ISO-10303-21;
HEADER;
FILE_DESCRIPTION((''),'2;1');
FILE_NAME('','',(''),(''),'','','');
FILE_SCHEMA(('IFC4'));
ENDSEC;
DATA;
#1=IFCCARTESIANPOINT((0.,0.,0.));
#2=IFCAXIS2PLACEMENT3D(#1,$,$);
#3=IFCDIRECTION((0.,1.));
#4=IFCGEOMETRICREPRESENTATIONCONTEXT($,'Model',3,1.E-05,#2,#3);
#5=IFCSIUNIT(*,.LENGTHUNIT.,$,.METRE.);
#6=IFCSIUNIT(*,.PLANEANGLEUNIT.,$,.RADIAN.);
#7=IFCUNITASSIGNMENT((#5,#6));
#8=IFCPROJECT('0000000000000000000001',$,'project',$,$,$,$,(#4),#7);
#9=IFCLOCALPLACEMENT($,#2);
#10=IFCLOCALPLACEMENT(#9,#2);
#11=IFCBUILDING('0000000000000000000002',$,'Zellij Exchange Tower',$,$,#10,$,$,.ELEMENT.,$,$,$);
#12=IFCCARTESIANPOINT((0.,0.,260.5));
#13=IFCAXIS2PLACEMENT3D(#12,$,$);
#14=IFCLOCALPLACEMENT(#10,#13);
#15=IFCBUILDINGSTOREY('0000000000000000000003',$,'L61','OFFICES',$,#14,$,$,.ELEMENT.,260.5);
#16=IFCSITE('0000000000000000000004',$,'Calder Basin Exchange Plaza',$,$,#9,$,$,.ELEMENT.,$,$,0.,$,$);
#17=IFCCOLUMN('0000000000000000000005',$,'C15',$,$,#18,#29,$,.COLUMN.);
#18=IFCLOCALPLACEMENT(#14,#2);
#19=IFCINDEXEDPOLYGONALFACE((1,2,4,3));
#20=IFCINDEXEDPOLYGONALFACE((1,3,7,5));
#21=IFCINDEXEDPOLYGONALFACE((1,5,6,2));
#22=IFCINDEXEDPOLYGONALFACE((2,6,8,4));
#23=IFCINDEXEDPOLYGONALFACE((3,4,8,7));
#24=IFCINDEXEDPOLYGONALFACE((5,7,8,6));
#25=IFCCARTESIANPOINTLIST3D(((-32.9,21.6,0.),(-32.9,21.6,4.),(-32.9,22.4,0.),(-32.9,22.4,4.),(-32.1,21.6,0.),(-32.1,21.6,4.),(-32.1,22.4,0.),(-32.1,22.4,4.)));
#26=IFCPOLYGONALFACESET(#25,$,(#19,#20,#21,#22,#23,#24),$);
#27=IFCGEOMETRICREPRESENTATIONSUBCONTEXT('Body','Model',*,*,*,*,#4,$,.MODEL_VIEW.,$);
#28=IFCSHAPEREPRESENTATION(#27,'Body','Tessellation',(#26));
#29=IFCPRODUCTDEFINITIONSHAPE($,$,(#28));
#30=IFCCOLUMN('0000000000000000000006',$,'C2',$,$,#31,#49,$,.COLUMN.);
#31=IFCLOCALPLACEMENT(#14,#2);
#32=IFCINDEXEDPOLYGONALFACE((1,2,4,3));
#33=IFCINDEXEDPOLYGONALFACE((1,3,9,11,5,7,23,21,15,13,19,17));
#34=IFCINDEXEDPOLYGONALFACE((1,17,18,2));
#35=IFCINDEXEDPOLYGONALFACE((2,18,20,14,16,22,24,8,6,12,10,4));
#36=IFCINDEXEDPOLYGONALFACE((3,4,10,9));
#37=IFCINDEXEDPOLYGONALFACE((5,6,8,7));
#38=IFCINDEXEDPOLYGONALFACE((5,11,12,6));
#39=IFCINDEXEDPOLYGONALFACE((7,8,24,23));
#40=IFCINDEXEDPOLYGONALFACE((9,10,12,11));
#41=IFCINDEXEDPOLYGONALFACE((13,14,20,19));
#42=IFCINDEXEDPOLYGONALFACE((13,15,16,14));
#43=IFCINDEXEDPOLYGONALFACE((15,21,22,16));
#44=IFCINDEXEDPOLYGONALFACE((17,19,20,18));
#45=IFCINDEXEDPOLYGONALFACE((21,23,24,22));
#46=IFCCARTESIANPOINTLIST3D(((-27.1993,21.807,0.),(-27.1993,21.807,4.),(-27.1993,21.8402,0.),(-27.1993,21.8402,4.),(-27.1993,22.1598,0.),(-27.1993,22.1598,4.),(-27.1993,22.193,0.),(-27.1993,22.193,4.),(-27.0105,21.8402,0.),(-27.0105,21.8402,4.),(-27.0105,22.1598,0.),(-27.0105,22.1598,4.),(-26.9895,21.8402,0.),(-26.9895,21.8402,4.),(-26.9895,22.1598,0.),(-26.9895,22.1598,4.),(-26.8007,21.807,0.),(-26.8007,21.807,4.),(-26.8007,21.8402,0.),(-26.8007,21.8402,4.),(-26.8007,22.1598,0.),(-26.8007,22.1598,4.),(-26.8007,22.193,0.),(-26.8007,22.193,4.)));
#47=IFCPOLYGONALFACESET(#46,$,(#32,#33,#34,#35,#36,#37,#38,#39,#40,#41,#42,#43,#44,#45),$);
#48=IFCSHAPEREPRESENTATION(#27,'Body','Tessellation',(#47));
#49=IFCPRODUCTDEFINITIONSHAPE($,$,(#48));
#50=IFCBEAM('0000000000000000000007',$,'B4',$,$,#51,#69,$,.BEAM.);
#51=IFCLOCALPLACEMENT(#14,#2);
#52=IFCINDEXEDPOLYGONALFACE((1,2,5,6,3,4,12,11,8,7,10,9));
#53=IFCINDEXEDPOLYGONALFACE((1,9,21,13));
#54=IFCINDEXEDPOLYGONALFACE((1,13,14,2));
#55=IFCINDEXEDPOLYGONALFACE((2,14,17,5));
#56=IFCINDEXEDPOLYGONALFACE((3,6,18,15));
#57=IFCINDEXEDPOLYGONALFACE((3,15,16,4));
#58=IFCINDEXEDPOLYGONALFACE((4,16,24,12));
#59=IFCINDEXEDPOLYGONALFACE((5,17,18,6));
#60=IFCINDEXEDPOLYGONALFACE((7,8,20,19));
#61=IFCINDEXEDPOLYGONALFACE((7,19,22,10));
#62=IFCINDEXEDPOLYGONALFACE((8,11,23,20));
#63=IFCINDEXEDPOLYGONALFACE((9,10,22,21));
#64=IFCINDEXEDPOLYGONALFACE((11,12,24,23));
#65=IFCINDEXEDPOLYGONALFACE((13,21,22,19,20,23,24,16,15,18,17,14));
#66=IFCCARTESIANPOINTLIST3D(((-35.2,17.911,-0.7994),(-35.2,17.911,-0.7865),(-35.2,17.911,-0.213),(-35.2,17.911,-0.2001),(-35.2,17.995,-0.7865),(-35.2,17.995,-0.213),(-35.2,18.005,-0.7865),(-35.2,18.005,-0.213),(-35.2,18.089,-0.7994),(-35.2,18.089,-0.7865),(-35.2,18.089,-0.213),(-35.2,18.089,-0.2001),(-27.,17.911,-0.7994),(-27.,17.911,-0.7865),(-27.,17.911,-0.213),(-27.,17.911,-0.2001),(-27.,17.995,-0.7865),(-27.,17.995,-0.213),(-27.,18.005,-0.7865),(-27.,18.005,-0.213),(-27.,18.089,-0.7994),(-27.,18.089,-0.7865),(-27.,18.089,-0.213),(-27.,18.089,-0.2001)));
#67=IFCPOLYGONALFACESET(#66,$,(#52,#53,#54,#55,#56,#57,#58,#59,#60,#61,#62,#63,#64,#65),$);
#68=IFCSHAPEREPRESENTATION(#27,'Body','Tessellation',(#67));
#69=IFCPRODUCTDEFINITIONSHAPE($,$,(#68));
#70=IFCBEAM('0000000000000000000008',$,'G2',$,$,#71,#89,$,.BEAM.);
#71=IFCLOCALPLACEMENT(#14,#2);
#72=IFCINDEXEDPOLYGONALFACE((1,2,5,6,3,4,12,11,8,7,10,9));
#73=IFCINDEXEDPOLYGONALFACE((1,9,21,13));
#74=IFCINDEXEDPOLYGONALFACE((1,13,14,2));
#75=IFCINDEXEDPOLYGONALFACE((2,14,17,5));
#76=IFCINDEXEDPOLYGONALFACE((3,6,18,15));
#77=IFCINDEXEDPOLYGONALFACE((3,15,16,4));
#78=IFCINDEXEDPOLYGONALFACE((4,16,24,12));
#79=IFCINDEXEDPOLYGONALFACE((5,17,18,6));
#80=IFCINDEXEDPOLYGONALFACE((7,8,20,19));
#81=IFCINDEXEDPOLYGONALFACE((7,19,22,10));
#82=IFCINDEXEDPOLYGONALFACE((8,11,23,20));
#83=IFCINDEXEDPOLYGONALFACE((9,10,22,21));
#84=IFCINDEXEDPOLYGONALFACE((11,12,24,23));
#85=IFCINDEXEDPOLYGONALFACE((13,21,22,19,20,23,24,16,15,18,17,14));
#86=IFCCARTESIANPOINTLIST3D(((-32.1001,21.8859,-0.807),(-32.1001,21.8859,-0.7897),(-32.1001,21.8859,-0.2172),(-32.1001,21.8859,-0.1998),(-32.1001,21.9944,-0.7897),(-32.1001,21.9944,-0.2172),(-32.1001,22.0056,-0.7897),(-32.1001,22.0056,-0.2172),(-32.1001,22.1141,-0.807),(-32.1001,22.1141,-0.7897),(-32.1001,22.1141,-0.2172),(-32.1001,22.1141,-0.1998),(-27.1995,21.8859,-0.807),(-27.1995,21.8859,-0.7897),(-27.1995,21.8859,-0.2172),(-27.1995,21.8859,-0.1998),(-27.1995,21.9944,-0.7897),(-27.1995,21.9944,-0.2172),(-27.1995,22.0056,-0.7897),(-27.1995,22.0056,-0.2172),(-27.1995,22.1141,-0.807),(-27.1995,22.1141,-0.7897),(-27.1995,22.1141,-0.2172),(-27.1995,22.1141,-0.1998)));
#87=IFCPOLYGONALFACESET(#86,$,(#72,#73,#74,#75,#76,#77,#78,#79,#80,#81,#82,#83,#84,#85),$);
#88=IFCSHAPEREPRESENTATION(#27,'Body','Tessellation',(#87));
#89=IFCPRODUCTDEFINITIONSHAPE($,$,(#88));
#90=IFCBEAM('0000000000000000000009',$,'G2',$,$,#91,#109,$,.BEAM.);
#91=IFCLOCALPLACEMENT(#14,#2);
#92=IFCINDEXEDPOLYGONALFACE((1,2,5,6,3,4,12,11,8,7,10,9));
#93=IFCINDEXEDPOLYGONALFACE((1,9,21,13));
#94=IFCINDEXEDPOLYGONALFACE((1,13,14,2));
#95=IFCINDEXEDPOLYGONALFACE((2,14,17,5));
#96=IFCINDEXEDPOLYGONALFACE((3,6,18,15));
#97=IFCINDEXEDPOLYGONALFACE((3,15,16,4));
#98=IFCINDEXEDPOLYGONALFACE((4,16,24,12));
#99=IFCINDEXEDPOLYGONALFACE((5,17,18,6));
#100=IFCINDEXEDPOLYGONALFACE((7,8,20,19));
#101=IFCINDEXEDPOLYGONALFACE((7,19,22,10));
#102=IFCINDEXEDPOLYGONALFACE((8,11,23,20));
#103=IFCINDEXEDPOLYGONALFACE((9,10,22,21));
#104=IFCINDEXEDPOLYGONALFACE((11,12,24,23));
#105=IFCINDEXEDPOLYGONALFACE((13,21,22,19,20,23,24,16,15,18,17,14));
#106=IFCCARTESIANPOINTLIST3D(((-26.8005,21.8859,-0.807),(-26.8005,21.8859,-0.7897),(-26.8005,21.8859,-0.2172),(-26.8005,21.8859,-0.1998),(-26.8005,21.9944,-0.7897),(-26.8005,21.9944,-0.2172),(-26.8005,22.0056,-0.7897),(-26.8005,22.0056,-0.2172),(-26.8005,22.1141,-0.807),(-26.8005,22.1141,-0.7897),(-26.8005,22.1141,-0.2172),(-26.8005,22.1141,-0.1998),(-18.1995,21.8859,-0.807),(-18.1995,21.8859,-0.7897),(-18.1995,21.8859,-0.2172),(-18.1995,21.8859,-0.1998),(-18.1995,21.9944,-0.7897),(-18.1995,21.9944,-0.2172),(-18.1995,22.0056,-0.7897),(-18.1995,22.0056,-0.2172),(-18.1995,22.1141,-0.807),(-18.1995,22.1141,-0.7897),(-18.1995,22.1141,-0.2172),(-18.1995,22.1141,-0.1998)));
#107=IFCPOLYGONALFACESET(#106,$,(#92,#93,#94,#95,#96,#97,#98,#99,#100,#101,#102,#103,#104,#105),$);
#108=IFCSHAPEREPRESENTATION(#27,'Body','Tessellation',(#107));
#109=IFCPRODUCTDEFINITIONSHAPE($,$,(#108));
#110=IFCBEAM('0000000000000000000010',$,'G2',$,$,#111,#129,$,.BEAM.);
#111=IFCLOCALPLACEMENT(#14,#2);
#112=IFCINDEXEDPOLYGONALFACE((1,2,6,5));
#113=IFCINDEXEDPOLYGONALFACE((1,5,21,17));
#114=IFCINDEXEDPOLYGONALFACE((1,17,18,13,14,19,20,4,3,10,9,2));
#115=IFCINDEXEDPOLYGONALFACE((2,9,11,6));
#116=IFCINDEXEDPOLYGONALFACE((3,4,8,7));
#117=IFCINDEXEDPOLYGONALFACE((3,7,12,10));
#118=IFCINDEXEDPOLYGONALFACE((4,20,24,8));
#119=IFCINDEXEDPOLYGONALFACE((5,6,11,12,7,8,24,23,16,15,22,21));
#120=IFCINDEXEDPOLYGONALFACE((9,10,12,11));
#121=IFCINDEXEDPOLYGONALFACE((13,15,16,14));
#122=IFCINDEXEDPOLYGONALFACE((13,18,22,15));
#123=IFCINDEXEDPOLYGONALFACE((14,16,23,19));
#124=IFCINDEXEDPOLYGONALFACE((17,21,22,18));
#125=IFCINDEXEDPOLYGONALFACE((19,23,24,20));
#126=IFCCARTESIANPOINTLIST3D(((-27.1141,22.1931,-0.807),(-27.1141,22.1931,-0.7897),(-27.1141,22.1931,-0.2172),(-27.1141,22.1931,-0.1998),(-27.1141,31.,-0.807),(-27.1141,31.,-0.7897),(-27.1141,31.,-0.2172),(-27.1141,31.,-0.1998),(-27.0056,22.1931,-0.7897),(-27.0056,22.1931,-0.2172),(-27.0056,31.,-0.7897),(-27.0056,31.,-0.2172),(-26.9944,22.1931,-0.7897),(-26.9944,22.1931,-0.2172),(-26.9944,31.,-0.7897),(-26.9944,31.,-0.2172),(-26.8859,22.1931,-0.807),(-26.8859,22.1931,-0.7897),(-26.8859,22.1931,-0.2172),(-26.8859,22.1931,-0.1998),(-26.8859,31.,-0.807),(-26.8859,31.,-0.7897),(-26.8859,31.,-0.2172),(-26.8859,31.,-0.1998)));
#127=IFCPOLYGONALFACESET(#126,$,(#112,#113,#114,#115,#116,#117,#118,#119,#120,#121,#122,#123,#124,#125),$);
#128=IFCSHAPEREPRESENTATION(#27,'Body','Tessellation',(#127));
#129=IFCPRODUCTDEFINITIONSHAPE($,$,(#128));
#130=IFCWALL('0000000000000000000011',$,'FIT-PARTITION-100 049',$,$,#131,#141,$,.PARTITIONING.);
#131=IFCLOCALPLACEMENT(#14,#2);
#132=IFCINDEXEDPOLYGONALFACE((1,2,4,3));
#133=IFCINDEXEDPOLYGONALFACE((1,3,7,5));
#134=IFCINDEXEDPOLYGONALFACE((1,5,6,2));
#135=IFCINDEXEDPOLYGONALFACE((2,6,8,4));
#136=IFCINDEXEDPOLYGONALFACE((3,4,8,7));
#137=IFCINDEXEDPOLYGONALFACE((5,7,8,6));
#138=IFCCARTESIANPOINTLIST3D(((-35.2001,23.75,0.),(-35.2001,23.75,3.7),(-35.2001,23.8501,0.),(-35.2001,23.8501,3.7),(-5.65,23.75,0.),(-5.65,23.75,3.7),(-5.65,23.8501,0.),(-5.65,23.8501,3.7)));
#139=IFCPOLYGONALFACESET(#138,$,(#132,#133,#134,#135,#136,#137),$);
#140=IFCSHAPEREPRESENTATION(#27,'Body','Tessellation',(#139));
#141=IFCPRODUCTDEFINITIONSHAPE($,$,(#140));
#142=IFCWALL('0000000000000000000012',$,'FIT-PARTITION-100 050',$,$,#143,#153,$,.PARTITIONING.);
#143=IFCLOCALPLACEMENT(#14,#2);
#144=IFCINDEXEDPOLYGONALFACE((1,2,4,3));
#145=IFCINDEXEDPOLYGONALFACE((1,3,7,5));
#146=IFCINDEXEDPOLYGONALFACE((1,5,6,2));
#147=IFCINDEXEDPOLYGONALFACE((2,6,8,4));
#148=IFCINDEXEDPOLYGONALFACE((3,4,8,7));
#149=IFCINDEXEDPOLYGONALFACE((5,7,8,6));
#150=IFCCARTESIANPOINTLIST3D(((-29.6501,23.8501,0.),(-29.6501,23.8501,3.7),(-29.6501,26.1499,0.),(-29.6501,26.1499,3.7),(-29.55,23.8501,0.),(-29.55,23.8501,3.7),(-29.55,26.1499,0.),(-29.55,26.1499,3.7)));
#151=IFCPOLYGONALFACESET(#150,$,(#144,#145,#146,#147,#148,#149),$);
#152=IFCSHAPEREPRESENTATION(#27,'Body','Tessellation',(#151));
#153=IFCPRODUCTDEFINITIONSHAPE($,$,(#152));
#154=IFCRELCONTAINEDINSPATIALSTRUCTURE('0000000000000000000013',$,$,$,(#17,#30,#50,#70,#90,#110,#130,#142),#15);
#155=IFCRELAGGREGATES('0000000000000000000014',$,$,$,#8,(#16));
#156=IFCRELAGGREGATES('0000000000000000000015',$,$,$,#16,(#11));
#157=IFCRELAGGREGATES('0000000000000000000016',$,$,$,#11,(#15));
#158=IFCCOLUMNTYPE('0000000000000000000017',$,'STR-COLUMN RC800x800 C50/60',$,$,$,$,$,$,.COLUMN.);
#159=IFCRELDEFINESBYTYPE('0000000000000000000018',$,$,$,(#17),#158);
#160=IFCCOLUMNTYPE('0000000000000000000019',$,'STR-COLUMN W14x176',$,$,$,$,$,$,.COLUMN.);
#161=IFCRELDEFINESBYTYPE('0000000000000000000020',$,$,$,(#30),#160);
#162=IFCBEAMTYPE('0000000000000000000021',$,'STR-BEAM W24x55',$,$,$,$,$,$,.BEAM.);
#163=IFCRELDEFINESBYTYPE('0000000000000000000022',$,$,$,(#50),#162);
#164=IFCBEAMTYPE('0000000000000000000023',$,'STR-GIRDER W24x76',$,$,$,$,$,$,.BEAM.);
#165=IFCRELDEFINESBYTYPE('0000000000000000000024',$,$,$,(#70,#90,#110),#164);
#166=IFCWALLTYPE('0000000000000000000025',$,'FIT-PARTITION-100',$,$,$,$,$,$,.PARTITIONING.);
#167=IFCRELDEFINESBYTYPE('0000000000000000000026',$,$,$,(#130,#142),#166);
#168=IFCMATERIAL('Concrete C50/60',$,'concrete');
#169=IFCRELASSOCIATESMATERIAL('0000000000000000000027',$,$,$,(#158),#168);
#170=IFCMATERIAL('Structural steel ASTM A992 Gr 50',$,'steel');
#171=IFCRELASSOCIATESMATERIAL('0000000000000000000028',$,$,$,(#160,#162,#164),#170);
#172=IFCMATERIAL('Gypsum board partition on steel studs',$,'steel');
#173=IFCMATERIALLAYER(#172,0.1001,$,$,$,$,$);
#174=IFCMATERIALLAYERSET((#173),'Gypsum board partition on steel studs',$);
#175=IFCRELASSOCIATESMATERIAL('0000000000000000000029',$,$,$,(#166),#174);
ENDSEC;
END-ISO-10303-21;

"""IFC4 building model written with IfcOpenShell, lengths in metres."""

from ifc_helpers import new_model, si_unit, direction, frame, frame_2d, origin, origin_2d, place, context, subcontext, project, spatial, rectangle, i_section, extrude, material, layer, layer_set, material_profile, profile_set, type_object, element, save


model = new_model("IFC4")

# Units and contexts
model_context = context("Model", 3, precision=1e-05, world=origin(), true_north=direction((0.0, 1.0)))
body_context = subcontext(model_context, "Body", "Model", "MODEL_VIEW")
ifc_project = project(units=[si_unit("LENGTHUNIT", "METRE"), si_unit("PLANEANGLEUNIT", "RADIAN")], contexts=[model_context])

# Site, building, storey
site_placement = place(None, origin())
site = spatial("IfcSite", under=ifc_project, at=site_placement, Name="Calder Basin Exchange Plaza", CompositionType="ELEMENT", RefElevation=0.0)
building_placement = place(site_placement, origin())
building = spatial("IfcBuilding", under=site, at=building_placement, Name="Zellij Exchange Tower", CompositionType="ELEMENT")
storey_placement = place(building_placement, frame((0.0, 0.0, 260.5)))
storey = spatial("IfcBuildingStorey", under=building, at=storey_placement, Name="L61", Description="OFFICES", CompositionType="ELEMENT", Elevation=260.5)

# Columns
ifc_material_1 = material(Name="Concrete C50/60", Category="concrete")
ifc_material_profile_1 = material_profile(ifc_material_1, rectangle(XDim=0.8, YDim=0.8, at=origin_2d()), Name="STR-COLUMN RC800x800 C50/60")
ifc_profile_set_1 = profile_set([ifc_material_profile_1], Name="Concrete C50/60")
column_type_1 = type_object("IfcColumnType", Name="STR-COLUMN RC800x800 C50/60", PredefinedType="COLUMN", material=ifc_profile_set_1)
column_1_placement = place(storey_placement, frame((-32.5, 22.0, 0.0), z_axis=(0.0, 0.0, 1.0), x_axis=(1.0, 0.0, 0.0)))
element("IfcColumn", 1, at=column_1_placement, inside=storey, type_object=column_type_1, Name="C15", PredefinedType="COLUMN", context=body_context, shape_type="SweptSolid", body=[
    extrude(rectangle(XDim=0.8, YDim=0.8, at=origin_2d()), origin(), (0.0, 0.0, 1.0), 4.0),
])
ifc_material_2 = material(Name="Structural steel ASTM A992 Gr 50", Category="steel")
ifc_material_profile_2 = material_profile(ifc_material_2, i_section(OverallWidth=0.3987, OverallDepth=0.386, WebThickness=0.021, FlangeThickness=0.0332, at=origin_2d()), Name="W14x176")
ifc_profile_set_2 = profile_set([ifc_material_profile_2], Name="Structural steel ASTM A992 Gr 50")
column_type_2 = type_object("IfcColumnType", Name="STR-COLUMN W14x176", PredefinedType="COLUMN", material=ifc_profile_set_2)
column_2_placement = place(storey_placement, frame((-27.0, 22.0, 0.0), z_axis=(0.0, 0.0, 1.0), x_axis=(1.0, 0.0, 0.0)))
element("IfcColumn", 2, at=column_2_placement, inside=storey, type_object=column_type_2, Name="C2", PredefinedType="COLUMN", context=body_context, shape_type="SweptSolid", body=[
    extrude(i_section(OverallWidth=0.3987, OverallDepth=0.386, WebThickness=0.021, FlangeThickness=0.0332, at=origin_2d()), origin(), (0.0, 0.0, 1.0), 4.0),
])

# Beams
ifc_material_profile_3 = material_profile(ifc_material_2, i_section(OverallWidth=0.178, OverallDepth=0.5994, WebThickness=0.01, FlangeThickness=0.0129, at=origin_2d()), Name="W24x55")
ifc_profile_set_3 = profile_set([ifc_material_profile_3], Name="Structural steel ASTM A992 Gr 50")
beam_type_1 = type_object("IfcBeamType", Name="STR-BEAM W24x55", PredefinedType="BEAM", material=ifc_profile_set_3)
beam_1_placement = place(storey_placement, frame((-35.2, 18.0, -0.4998), z_axis=(1.0, 0.0, 0.0), x_axis=(0.0, 1.0, 0.0)))
element("IfcBeam", 3, at=beam_1_placement, inside=storey, type_object=beam_type_1, Name="B4", PredefinedType="BEAM", context=body_context, shape_type="SweptSolid", body=[
    extrude(i_section(OverallWidth=0.178, OverallDepth=0.5994, WebThickness=0.01, FlangeThickness=0.0129, at=origin_2d()), origin(), (0.0, 0.0, 1.0), 8.2),
])
ifc_material_profile_4 = material_profile(ifc_material_2, i_section(OverallWidth=0.2283, OverallDepth=0.6072, WebThickness=0.0112, FlangeThickness=0.0173, at=origin_2d()), Name="W24x76")
ifc_profile_set_4 = profile_set([ifc_material_profile_4], Name="Structural steel ASTM A992 Gr 50")
beam_type_2 = type_object("IfcBeamType", Name="STR-GIRDER W24x76", PredefinedType="BEAM", material=ifc_profile_set_4)
beam_2_placement = place(storey_placement, frame((-32.1001, 22.0, -0.5034), z_axis=(1.0, 0.0, 0.0), x_axis=(0.0, 1.0, 0.0)))
element("IfcBeam", 4, at=beam_2_placement, inside=storey, type_object=beam_type_2, Name="G2", PredefinedType="BEAM", context=body_context, shape_type="SweptSolid", body=[
    extrude(i_section(OverallWidth=0.2283, OverallDepth=0.6072, WebThickness=0.0112, FlangeThickness=0.0173, at=origin_2d()), origin(), (0.0, 0.0, 1.0), 4.9006),
])
beam_3_placement = place(storey_placement, frame((-26.8005, 22.0, -0.5034), z_axis=(1.0, 0.0, 0.0), x_axis=(0.0, 1.0, 0.0)))
element("IfcBeam", 5, at=beam_3_placement, inside=storey, type_object=beam_type_2, Name="G2", PredefinedType="BEAM", context=body_context, shape_type="SweptSolid", body=[
    extrude(i_section(OverallWidth=0.2283, OverallDepth=0.6072, WebThickness=0.0112, FlangeThickness=0.0173, at=origin_2d()), origin(), (0.0, 0.0, 1.0), 8.6011),
])
beam_4_placement = place(storey_placement, frame((-27.0, 22.1931, -0.5034), z_axis=(0.0, 1.0, 0.0), x_axis=(-1.0, 0.0, 0.0)))
element("IfcBeam", 6, at=beam_4_placement, inside=storey, type_object=beam_type_2, Name="G2", PredefinedType="BEAM", context=body_context, shape_type="SweptSolid", body=[
    extrude(i_section(OverallWidth=0.2283, OverallDepth=0.6072, WebThickness=0.0112, FlangeThickness=0.0173, at=origin_2d()), origin(), (0.0, 0.0, 1.0), 8.8069),
])

# Walls
ifc_material_3 = material(Name="Gypsum board partition on steel studs", Category="steel")
ifc_layer = layer(ifc_material_3, 0.1001)
ifc_layer_set = layer_set([ifc_layer], Name="Gypsum board partition on steel studs")
wall_type = type_object("IfcWallType", Name="FIT-PARTITION-100", PredefinedType="PARTITIONING", material=ifc_layer_set)
wall_1_placement = place(storey_placement, frame((-35.2, 23.8, 0.0), z_axis=(0.0, 0.0, 1.0), x_axis=(1.0, 0.0, 0.0)))
element("IfcWall", 7, at=wall_1_placement, inside=storey, type_object=wall_type, Name="FIT-PARTITION-100 049", PredefinedType="PARTITIONING", context=body_context, shape_type="SweptSolid", body=[
    extrude(rectangle(XDim=29.55, YDim=0.1001, at=frame_2d((14.7749, 0.0))), origin(), (0.0, 0.0, 1.0), 3.7),
])
wall_2_placement = place(storey_placement, frame((-29.6001, 23.8501, 0.0), z_axis=(0.0, 0.0, 1.0), x_axis=(0.0, 1.0, 0.0)))
element("IfcWall", 8, at=wall_2_placement, inside=storey, type_object=wall_type, Name="FIT-PARTITION-100 050", PredefinedType="PARTITIONING", context=body_context, shape_type="SweptSolid", body=[
    extrude(rectangle(XDim=2.2998, YDim=0.1001, at=frame_2d((1.1499, 0.0))), origin(), (0.0, 0.0, 1.0), 3.7),
])

save(model, "model.ifc")
